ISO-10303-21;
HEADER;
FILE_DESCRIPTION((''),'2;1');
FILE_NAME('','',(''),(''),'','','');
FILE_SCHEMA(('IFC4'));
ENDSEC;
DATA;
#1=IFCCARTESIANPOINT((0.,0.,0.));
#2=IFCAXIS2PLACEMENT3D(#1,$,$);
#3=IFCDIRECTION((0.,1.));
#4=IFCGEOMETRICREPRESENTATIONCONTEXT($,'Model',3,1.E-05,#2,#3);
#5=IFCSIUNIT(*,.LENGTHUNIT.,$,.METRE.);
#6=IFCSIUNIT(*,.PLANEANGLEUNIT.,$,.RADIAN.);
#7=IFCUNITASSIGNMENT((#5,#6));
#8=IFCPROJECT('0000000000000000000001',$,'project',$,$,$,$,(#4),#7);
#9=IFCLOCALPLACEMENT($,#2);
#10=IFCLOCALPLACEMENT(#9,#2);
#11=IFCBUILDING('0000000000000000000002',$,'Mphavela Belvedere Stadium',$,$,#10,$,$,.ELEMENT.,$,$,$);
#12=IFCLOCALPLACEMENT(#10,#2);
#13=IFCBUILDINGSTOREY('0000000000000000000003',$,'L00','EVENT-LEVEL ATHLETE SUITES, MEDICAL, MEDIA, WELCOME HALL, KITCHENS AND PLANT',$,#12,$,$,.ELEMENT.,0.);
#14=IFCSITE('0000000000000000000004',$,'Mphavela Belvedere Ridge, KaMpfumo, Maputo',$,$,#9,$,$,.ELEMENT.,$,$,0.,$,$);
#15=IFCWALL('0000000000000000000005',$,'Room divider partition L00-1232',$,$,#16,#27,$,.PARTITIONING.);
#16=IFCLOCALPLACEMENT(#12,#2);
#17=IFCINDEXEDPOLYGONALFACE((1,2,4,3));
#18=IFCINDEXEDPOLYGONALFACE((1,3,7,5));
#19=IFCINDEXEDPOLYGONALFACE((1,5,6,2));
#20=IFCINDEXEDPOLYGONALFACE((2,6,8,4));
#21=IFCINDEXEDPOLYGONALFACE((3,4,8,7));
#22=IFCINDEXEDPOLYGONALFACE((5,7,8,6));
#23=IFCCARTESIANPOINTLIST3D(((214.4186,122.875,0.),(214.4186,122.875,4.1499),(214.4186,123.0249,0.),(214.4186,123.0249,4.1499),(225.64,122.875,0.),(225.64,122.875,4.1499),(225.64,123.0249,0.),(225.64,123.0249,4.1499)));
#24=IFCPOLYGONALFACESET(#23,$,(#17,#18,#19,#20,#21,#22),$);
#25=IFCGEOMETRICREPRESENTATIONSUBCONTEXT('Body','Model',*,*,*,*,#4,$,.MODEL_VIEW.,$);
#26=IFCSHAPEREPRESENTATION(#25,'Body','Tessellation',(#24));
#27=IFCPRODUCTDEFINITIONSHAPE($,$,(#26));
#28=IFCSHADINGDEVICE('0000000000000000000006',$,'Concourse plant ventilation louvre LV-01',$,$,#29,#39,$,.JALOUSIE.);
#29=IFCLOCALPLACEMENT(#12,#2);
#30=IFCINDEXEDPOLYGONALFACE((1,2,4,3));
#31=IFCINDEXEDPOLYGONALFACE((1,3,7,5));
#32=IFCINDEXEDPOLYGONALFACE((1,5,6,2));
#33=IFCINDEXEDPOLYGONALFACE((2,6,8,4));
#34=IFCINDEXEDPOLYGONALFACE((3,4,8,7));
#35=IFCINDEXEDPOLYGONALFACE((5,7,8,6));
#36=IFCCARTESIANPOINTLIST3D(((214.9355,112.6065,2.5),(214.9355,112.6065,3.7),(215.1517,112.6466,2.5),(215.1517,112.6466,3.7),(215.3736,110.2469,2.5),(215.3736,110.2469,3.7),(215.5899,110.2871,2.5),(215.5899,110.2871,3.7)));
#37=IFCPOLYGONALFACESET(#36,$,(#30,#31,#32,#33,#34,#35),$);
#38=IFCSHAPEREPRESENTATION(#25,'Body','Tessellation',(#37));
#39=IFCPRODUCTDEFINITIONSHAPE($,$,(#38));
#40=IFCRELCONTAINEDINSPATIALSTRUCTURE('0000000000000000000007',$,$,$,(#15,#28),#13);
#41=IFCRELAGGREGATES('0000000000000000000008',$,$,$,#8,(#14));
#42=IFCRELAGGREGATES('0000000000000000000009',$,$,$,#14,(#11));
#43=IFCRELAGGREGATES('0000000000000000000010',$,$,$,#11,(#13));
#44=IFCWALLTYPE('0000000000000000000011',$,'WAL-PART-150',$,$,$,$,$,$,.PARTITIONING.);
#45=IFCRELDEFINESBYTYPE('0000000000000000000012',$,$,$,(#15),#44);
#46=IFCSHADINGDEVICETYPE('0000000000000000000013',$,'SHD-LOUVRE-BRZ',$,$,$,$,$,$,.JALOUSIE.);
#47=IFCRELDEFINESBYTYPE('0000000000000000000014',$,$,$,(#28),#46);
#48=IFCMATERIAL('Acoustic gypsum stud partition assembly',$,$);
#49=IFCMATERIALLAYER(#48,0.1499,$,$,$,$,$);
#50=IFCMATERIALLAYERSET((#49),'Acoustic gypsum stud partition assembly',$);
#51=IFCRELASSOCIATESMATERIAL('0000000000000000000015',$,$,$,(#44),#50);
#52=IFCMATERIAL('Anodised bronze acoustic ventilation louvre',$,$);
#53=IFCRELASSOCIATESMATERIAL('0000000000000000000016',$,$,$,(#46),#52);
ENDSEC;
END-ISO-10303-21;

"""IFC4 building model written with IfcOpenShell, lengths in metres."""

from ifc_helpers import new_model, si_unit, direction, frame, frame_2d, origin, origin_2d, place, context, subcontext, project, spatial, rectangle, extrude, material, layer, layer_set, type_object, element, save


model = new_model("IFC4")

# Units and contexts
model_context = context("Model", 3, precision=1e-05, world=origin(), true_north=direction((0.0, 1.0)))
body_context = subcontext(model_context, "Body", "Model", "MODEL_VIEW")
ifc_project = project(units=[si_unit("LENGTHUNIT", "METRE"), si_unit("PLANEANGLEUNIT", "RADIAN")], contexts=[model_context])

# Site, building, storey
site_placement = place(None, origin())
site = spatial("IfcSite", under=ifc_project, at=site_placement, Name="Mphavela Belvedere Ridge, KaMpfumo, Maputo", CompositionType="ELEMENT", RefElevation=0.0)
building_placement = place(site_placement, origin())
building = spatial("IfcBuilding", under=site, at=building_placement, Name="Mphavela Belvedere Stadium", CompositionType="ELEMENT")
storey_placement = place(building_placement, origin())
storey = spatial("IfcBuildingStorey", under=building, at=storey_placement, Name="L00", Description="EVENT-LEVEL ATHLETE SUITES, MEDICAL, MEDIA, WELCOME HALL, KITCHENS AND PLANT", CompositionType="ELEMENT", Elevation=0.0)

# Wall
ifc_material_1 = material(Name="Acoustic gypsum stud partition assembly")
ifc_layer_1 = layer(ifc_material_1, 0.1499)
ifc_layer_set_1 = layer_set([ifc_layer_1], Name="Acoustic gypsum stud partition assembly")
wall_type_1 = type_object("IfcWallType", Name="WAL-PART-150", PredefinedType="PARTITIONING", material=ifc_layer_set_1)
wall_1_placement = place(storey_placement, frame((214.4185, 122.95, 0.0), z_axis=(0.0, 0.0, 1.0), x_axis=(1.0, 0.0, 0.0)))
element("IfcWall", 1, at=wall_1_placement, inside=storey, type_object=wall_type_1, Name="Room divider partition L00-1232", PredefinedType="PARTITIONING", context=body_context, shape_type="SweptSolid", body=[
    extrude(rectangle(XDim=11.2214, YDim=0.1499, at=frame_2d((5.6108, 0.0))), origin(), (0.0, 0.0, 1.0), 4.1499),
])

# Shading device
ifc_material_2 = material(Name="Anodised bronze acoustic ventilation louvre")
shading_device_type = type_object("IfcShadingDeviceType", Name="SHD-LOUVRE-BRZ", PredefinedType="JALOUSIE", material=ifc_material_2)
shading_device_placement = place(storey_placement, frame((215.2627, 111.4468, 2.5), z_axis=(0.0, 0.0, 1.0), x_axis=(0.182579, -0.983191, 0.0)))
element("IfcShadingDevice", 2, at=shading_device_placement, inside=storey, type_object=shading_device_type, Name="Concourse plant ventilation louvre LV-01", PredefinedType="JALOUSIE", context=body_context, shape_type="SweptSolid", body=[
    extrude(rectangle(XDim=2.3999, YDim=0.22, at=origin_2d()), origin(), (0.0, 0.0, 1.0), 1.2),
])

save(model, "model.ifc")
